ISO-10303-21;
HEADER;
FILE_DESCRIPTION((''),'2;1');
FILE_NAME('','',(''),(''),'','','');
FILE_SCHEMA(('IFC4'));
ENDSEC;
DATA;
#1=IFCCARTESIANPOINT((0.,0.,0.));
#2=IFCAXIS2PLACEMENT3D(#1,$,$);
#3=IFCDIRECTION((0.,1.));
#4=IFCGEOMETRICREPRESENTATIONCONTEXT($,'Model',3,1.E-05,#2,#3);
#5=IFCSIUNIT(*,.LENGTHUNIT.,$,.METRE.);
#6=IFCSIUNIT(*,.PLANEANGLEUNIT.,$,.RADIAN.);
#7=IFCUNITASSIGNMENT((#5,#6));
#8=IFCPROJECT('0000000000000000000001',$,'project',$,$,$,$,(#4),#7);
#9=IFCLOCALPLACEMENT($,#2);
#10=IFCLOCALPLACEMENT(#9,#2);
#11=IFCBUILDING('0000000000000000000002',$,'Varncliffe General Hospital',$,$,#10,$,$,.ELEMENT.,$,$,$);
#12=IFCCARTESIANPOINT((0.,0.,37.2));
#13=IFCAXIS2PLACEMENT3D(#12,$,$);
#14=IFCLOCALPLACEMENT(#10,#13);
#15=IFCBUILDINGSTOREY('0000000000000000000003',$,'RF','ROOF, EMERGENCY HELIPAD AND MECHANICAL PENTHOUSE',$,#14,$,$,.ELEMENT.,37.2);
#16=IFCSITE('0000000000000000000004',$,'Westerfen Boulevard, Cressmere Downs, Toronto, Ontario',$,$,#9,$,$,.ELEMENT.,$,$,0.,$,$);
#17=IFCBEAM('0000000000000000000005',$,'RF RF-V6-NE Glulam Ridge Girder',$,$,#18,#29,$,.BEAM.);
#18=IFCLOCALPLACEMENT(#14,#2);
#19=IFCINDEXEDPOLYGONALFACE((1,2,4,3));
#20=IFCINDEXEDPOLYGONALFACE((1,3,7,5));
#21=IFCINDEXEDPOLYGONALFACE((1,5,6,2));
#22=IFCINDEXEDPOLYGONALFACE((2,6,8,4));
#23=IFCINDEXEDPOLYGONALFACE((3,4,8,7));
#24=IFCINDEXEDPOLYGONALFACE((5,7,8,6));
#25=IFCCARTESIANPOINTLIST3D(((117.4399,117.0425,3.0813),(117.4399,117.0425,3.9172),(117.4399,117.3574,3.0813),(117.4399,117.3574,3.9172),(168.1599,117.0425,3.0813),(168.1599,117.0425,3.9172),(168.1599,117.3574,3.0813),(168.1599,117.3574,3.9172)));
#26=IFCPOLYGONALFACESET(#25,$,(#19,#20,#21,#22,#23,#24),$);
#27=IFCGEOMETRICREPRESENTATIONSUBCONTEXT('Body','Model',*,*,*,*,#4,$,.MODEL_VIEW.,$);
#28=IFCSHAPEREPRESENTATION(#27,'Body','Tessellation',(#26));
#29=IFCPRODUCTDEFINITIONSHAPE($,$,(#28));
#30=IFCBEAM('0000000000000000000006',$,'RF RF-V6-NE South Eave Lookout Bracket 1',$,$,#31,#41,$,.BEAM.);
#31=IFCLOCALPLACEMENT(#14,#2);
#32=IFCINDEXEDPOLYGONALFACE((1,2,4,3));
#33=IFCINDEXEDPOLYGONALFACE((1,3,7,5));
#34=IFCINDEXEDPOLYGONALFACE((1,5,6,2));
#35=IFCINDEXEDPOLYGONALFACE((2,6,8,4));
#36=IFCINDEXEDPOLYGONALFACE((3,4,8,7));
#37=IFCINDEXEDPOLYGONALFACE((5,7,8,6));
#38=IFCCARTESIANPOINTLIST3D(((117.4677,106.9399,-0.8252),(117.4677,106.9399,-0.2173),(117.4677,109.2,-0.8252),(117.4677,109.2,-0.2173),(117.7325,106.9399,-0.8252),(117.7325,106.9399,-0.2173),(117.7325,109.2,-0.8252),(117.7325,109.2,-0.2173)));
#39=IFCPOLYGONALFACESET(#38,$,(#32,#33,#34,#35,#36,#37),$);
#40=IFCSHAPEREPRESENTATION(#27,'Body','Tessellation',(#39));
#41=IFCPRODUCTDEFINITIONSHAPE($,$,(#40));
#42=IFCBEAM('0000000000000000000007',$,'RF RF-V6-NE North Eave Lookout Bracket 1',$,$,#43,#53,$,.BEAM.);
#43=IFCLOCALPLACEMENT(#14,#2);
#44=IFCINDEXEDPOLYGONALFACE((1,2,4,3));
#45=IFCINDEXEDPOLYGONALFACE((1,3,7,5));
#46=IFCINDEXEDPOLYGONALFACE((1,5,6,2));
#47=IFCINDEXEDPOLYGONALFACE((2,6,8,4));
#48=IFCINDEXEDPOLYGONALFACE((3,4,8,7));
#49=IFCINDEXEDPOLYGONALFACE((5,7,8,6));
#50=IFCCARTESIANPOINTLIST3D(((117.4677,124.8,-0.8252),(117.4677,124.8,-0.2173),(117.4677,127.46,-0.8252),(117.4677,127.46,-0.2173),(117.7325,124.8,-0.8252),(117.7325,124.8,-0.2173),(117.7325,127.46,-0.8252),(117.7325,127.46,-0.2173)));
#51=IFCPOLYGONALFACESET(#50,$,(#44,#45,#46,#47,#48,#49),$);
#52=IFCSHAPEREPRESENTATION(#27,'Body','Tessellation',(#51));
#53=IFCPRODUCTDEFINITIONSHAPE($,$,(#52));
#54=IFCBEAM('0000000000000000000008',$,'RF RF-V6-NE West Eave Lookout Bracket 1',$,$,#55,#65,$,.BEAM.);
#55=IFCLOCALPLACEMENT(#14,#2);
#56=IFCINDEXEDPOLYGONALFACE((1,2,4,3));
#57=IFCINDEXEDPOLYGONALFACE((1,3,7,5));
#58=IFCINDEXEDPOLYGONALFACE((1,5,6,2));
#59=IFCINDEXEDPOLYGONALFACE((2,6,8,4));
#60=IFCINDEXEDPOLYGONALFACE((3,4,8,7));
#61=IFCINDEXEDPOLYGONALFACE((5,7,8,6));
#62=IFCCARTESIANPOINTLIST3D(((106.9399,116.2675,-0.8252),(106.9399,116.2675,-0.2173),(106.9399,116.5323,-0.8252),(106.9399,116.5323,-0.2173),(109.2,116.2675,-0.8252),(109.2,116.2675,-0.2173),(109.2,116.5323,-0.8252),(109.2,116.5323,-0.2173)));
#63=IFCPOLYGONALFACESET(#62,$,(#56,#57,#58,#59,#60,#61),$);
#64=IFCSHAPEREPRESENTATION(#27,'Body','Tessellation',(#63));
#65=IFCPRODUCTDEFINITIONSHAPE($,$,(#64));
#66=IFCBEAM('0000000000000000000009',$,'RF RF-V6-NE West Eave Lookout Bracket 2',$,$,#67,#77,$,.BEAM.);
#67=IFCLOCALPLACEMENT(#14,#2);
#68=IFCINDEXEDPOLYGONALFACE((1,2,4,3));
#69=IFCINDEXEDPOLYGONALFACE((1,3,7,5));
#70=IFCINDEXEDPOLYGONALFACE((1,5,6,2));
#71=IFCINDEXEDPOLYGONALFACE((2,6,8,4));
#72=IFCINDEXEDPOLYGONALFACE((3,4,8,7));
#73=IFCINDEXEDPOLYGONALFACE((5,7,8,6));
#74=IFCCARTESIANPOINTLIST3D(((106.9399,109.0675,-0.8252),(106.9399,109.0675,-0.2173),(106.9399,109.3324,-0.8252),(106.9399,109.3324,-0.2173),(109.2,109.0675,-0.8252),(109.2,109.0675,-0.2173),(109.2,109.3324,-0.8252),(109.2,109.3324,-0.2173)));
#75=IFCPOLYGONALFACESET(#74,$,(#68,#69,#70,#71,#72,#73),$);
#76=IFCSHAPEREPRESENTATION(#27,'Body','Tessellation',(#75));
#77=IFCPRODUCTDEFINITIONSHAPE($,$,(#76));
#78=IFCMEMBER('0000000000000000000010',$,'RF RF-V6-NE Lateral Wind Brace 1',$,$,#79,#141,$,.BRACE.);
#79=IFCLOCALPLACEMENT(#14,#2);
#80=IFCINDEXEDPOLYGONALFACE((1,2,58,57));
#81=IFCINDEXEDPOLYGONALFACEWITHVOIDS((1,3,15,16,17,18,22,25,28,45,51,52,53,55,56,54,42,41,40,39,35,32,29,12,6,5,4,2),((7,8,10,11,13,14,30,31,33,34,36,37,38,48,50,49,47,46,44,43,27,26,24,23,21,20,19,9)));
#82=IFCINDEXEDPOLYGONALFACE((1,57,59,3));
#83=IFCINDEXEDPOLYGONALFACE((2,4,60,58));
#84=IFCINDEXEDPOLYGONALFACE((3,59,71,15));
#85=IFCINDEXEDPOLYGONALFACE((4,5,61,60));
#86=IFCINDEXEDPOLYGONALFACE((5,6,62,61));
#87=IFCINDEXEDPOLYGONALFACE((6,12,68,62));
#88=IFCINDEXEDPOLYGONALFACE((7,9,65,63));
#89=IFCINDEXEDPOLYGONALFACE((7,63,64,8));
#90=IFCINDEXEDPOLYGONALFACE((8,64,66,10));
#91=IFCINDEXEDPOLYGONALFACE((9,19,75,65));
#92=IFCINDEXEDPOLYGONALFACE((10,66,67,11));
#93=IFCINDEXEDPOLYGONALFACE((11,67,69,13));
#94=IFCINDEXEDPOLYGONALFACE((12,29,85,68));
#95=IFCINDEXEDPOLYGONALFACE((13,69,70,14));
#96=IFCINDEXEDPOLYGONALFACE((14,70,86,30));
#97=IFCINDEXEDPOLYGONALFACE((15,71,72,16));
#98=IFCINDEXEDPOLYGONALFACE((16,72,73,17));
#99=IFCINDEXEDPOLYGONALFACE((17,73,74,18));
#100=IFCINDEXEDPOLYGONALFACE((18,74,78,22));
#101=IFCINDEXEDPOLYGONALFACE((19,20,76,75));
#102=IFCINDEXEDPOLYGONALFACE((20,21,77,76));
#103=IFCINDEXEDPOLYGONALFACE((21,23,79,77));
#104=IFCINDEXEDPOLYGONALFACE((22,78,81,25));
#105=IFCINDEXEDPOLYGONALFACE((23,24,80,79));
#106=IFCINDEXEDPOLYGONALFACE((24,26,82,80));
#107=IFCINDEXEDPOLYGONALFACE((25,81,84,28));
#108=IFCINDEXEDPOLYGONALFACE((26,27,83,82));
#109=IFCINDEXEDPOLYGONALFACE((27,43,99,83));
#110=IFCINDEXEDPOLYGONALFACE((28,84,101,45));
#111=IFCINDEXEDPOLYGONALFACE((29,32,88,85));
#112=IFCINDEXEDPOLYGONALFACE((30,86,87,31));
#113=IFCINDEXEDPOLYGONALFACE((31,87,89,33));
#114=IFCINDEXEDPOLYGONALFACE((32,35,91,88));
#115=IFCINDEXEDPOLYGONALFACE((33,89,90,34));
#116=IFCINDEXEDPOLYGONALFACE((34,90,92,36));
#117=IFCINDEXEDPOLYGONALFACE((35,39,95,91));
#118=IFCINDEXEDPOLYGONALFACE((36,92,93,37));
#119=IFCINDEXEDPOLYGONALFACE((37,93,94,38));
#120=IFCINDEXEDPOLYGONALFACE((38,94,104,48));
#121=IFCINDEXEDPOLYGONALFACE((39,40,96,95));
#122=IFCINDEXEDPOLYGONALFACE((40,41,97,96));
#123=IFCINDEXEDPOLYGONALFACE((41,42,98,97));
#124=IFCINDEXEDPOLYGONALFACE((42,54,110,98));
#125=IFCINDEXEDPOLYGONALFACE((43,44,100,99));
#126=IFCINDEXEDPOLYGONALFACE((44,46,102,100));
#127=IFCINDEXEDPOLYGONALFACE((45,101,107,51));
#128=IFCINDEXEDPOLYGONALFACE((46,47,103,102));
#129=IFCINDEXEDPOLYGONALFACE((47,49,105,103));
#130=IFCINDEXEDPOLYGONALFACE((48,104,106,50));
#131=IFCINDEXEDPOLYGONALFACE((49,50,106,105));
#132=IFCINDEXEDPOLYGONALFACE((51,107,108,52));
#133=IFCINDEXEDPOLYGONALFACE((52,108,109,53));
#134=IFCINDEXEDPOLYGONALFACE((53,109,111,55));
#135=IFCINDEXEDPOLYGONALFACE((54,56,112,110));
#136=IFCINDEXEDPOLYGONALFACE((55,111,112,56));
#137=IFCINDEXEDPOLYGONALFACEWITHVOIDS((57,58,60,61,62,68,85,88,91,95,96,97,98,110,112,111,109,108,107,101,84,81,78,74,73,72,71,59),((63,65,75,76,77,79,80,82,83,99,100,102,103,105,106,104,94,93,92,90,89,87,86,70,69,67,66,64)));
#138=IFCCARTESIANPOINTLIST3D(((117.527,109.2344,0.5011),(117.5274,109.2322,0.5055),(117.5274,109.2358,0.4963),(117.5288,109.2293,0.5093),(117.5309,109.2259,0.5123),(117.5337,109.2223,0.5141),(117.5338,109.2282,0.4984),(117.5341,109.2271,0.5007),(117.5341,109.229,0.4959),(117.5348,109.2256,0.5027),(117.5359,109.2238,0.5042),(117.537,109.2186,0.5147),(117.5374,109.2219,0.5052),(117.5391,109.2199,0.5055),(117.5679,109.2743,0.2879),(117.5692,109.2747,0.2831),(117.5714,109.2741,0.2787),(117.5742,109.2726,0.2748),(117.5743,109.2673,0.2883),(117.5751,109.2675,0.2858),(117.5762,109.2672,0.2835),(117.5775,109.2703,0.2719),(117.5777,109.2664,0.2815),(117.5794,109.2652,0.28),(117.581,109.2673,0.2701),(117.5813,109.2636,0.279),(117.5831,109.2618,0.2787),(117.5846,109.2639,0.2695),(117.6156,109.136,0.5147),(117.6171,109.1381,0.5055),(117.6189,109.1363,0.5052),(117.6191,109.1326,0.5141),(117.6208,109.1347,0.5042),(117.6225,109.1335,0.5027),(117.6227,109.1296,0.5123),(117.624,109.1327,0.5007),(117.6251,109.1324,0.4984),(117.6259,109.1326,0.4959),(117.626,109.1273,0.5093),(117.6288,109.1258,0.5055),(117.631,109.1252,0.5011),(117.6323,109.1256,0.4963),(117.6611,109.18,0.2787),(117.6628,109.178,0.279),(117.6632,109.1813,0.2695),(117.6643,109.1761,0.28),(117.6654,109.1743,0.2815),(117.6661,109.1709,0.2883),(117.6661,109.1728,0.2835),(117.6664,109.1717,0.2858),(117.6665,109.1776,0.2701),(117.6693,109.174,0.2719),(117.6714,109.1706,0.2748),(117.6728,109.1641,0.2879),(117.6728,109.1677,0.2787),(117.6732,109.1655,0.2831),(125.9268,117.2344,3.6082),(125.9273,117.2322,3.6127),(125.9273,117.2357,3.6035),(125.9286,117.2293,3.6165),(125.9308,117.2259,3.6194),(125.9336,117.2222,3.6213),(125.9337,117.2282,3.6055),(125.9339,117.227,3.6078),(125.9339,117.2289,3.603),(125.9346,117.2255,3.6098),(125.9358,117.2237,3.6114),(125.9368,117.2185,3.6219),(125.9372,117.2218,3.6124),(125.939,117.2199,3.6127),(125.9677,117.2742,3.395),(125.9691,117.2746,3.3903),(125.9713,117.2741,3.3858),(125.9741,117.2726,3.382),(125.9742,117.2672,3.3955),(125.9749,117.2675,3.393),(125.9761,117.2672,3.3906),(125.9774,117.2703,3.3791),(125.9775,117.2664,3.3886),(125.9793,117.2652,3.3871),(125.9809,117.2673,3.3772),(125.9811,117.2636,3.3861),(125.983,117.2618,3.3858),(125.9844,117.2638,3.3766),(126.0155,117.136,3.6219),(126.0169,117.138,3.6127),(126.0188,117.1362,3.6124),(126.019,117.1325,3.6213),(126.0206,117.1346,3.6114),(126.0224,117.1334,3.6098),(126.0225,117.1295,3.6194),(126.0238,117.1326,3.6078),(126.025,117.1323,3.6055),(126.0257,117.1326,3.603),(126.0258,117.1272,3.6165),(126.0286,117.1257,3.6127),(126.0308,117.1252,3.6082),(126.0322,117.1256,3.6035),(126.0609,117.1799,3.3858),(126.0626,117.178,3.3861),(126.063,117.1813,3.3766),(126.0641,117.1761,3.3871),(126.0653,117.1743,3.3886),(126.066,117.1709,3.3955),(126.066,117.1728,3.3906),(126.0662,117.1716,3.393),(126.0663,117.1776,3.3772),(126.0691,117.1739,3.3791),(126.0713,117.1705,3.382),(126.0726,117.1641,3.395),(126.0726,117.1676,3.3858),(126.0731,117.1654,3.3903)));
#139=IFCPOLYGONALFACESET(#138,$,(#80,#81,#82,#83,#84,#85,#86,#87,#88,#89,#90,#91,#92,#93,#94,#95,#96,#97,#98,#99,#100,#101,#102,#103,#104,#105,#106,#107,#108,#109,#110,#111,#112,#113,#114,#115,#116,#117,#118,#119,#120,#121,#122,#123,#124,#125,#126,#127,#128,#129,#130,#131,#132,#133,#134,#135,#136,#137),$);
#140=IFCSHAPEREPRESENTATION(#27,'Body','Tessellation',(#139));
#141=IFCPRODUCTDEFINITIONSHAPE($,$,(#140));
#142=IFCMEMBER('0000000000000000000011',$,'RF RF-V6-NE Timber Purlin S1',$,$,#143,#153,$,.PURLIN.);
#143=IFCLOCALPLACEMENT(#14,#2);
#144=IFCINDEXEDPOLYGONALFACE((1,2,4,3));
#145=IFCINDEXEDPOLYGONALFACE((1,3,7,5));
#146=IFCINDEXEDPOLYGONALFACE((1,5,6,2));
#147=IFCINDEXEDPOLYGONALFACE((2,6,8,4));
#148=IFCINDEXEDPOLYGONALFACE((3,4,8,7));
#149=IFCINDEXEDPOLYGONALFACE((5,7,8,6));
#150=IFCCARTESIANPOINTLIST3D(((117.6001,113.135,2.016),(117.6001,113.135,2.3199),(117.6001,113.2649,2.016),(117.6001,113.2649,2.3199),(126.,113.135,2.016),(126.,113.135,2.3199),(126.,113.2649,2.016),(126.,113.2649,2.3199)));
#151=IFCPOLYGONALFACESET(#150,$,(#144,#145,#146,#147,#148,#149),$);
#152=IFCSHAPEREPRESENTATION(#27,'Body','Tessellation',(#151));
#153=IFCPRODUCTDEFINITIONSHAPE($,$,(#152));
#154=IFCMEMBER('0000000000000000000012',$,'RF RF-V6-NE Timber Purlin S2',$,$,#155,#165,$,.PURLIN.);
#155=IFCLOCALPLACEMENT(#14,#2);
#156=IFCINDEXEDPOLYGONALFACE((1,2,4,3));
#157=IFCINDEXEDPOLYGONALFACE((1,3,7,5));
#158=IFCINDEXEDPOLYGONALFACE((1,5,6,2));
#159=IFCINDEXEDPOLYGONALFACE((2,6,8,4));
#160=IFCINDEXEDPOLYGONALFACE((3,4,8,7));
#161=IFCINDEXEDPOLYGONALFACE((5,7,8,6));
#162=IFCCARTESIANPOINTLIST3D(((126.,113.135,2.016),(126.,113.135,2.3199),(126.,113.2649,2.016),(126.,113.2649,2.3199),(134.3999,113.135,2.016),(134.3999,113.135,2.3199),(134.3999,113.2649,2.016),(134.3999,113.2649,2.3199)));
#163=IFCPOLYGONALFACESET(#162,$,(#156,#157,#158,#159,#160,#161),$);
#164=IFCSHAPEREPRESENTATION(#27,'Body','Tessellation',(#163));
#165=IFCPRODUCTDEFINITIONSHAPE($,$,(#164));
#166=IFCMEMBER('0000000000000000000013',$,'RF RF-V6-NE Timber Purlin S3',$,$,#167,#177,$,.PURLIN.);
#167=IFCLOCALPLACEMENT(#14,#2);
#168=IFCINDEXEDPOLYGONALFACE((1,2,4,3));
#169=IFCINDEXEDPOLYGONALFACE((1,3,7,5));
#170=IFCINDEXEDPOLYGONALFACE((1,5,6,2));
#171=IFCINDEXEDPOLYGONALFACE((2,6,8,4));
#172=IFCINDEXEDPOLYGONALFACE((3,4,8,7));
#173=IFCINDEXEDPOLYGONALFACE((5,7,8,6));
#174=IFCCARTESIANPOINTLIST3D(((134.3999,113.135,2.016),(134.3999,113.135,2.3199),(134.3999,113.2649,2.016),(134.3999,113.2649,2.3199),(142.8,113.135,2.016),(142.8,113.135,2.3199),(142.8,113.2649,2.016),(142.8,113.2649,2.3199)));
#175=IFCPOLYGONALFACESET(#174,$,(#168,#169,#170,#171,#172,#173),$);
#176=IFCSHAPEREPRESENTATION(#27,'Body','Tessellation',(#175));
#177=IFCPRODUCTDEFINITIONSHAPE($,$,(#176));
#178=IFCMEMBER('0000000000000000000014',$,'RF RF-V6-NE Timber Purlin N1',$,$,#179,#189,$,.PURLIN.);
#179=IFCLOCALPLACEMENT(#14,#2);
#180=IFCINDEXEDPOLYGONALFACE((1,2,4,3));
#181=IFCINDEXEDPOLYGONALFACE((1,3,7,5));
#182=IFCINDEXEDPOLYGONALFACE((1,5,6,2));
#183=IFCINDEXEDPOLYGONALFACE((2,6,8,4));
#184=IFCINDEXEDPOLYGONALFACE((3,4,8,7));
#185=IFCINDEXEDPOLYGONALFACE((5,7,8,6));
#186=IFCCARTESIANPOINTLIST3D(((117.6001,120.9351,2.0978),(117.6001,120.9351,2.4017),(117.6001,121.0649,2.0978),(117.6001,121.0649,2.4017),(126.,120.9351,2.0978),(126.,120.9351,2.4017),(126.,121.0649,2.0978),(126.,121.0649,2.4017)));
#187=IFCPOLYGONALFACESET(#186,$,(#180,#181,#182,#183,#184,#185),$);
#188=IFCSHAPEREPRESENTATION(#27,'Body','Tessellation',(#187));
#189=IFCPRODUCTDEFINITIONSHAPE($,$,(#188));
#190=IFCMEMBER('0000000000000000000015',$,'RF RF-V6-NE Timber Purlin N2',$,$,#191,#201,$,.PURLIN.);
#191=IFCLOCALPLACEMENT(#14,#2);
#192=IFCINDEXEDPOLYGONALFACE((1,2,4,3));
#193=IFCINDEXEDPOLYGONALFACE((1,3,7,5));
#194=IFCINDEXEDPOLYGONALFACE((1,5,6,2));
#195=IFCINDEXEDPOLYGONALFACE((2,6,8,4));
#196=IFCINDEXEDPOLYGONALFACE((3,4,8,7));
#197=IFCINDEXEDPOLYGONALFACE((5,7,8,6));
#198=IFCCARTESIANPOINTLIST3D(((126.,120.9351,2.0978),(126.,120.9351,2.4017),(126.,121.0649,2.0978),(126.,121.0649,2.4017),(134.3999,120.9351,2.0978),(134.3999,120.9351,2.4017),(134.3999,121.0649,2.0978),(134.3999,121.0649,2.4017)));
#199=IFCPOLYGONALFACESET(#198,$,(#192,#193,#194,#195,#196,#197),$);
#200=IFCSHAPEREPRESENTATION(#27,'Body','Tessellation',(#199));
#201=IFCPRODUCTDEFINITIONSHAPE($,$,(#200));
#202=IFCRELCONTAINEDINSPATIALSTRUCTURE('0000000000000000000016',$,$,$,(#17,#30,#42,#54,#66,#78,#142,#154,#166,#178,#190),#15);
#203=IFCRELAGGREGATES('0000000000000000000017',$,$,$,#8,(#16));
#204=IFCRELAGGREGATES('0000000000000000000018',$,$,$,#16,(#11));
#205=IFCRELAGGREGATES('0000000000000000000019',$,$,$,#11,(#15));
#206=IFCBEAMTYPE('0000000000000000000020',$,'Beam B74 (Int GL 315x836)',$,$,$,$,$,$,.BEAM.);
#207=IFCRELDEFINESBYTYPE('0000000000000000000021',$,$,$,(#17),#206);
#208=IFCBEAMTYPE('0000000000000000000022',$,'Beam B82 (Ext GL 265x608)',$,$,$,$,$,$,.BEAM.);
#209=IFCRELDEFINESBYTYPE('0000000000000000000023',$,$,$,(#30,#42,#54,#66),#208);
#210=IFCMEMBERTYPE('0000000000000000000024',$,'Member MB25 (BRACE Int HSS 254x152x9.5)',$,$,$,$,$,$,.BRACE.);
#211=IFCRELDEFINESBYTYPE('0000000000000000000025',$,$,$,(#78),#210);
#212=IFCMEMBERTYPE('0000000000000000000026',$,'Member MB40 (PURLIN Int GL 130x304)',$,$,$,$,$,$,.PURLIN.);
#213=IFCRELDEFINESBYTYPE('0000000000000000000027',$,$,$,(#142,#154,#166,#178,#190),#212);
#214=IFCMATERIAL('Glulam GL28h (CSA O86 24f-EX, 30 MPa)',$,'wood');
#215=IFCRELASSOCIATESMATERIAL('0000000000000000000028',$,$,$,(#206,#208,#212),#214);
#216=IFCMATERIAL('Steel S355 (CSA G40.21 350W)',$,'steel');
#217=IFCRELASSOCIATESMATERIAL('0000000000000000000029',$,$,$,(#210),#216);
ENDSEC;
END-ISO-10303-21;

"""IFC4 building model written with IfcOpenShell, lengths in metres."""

from ifc_helpers import new_model, si_unit, direction, frame, origin, origin_2d, place, context, subcontext, project, spatial, rectangle, hollow_rectangle, extrude, material, material_profile, profile_set, type_object, element, save


model = new_model("IFC4")

# Units and contexts
model_context = context("Model", 3, precision=1e-05, world=origin(), true_north=direction((0.0, 1.0)))
body_context = subcontext(model_context, "Body", "Model", "MODEL_VIEW")
ifc_project = project(units=[si_unit("LENGTHUNIT", "METRE"), si_unit("PLANEANGLEUNIT", "RADIAN")], contexts=[model_context])

# Site, building, storey
site_placement = place(None, origin())
site = spatial("IfcSite", under=ifc_project, at=site_placement, Name="Westerfen Boulevard, Cressmere Downs, Toronto, Ontario", CompositionType="ELEMENT", RefElevation=0.0)
building_placement = place(site_placement, origin())
building = spatial("IfcBuilding", under=site, at=building_placement, Name="Varncliffe General Hospital", CompositionType="ELEMENT")
storey_placement = place(building_placement, frame((0.0, 0.0, 37.2)))
storey = spatial("IfcBuildingStorey", under=building, at=storey_placement, Name="RF", Description="ROOF, EMERGENCY HELIPAD AND MECHANICAL PENTHOUSE", CompositionType="ELEMENT", Elevation=37.2)

# Beams
ifc_material_1 = material(Name="Glulam GL28h (CSA O86 24f-EX, 30 MPa)", Category="wood")
ifc_material_profile_1 = material_profile(ifc_material_1, rectangle(XDim=0.3149, YDim=0.8359, at=origin_2d()), Name="GL 315x836")
ifc_profile_set_1 = profile_set([ifc_material_profile_1], Name="Glulam GL28h (CSA O86 24f-EX, 30 MPa)")
beam_type_1 = type_object("IfcBeamType", Name="Beam B74 (Int GL 315x836)", PredefinedType="BEAM", material=ifc_profile_set_1)
beam_1_placement = place(storey_placement, frame((117.4399, 117.2, 3.4993), z_axis=(1.0, 0.0, 0.0), x_axis=(0.0, 1.0, 0.0)))
element("IfcBeam", 1, at=beam_1_placement, inside=storey, type_object=beam_type_1, Name="RF RF-V6-NE Glulam Ridge Girder", PredefinedType="BEAM", context=body_context, shape_type="SweptSolid", body=[
    extrude(rectangle(XDim=0.3149, YDim=0.8359, at=origin_2d()), origin(), (0.0, 0.0, 1.0), 50.72),
])
ifc_material_profile_2 = material_profile(ifc_material_1, rectangle(XDim=0.2649, YDim=0.6079, at=origin_2d()), Name="GL 265x608")
ifc_profile_set_2 = profile_set([ifc_material_profile_2], Name="Glulam GL28h (CSA O86 24f-EX, 30 MPa)")
beam_type_2 = type_object("IfcBeamType", Name="Beam B82 (Ext GL 265x608)", PredefinedType="BEAM", material=ifc_profile_set_2)
beam_2_placement = place(storey_placement, frame((117.6001, 106.9399, -0.5212), z_axis=(0.0, 1.0, 0.0), x_axis=(-1.0, 0.0, 0.0)))
element("IfcBeam", 2, at=beam_2_placement, inside=storey, type_object=beam_type_2, Name="RF RF-V6-NE South Eave Lookout Bracket 1", PredefinedType="BEAM", context=body_context, shape_type="SweptSolid", body=[
    extrude(rectangle(XDim=0.2649, YDim=0.6079, at=origin_2d()), origin(), (0.0, 0.0, 1.0), 2.26),
])
beam_3_placement = place(storey_placement, frame((117.6001, 124.8, -0.5212), z_axis=(0.0, 1.0, 0.0), x_axis=(-1.0, 0.0, 0.0)))
element("IfcBeam", 3, at=beam_3_placement, inside=storey, type_object=beam_type_2, Name="RF RF-V6-NE North Eave Lookout Bracket 1", PredefinedType="BEAM", context=body_context, shape_type="SweptSolid", body=[
    extrude(rectangle(XDim=0.2649, YDim=0.6079, at=origin_2d()), origin(), (0.0, 0.0, 1.0), 2.6599),
])
for number, where, z_axis, x_axis, name in (
    (4, (106.9399, 116.3999, -0.5212), (1.0, 0.0, 0.0), (0.0, 1.0, 0.0), "RF RF-V6-NE West Eave Lookout Bracket 1"),
    (5, (106.9399, 109.2, -0.5212), (1.0, 0.0, 0.0), (0.0, 1.0, 0.0), "RF RF-V6-NE West Eave Lookout Bracket 2"),
):
    element("IfcBeam", number, at=place(storey_placement, frame(where, z_axis=z_axis, x_axis=x_axis)), inside=storey, type_object=beam_type_2, Name=name, PredefinedType="BEAM", context=body_context, shape_type="SweptSolid", body=[
        extrude(rectangle(XDim=0.2649, YDim=0.6079, at=origin_2d()), origin(), (0.0, 0.0, 1.0), 2.26),
    ])

# Members
ifc_material_2 = material(Name="Steel S355 (CSA G40.21 350W)", Category="steel")
ifc_material_profile_3 = material_profile(ifc_material_2, hollow_rectangle(XDim=0.1521, YDim=0.2539, WallThickness=0.0095, InnerFilletRadius=0.01, OuterFilletRadius=0.019, at=origin_2d()), Name="HSS 254x152x9.5")
ifc_profile_set_3 = profile_set([ifc_material_profile_3], Name="Steel S355 (CSA G40.21 350W)")
member_type_1 = type_object("IfcMemberType", Name="Member MB25 (BRACE Int HSS 254x152x9.5)", PredefinedType="BRACE", material=ifc_profile_set_3)
member_1_placement = place(storey_placement, frame((117.6001, 109.2, 0.3921), z_axis=(0.699475, 0.666174, 0.25874), x_axis=(-0.689659, 0.724134, 0.0)))
element("IfcMember", 6, at=member_1_placement, inside=storey, type_object=member_type_1, Name="RF RF-V6-NE Lateral Wind Brace 1", PredefinedType="BRACE", context=body_context, shape_type="SweptSolid", body=[
    extrude(hollow_rectangle(XDim=0.1521, YDim=0.2539, WallThickness=0.0095, InnerFilletRadius=0.01, OuterFilletRadius=0.019, at=origin_2d()), origin(), (0.0, 0.0, 1.0), 12.0088),
])
ifc_material_profile_4 = material_profile(ifc_material_1, rectangle(XDim=0.1299, YDim=0.304, at=origin_2d()), Name="GL 130x304")
ifc_profile_set_4 = profile_set([ifc_material_profile_4], Name="Glulam GL28h (CSA O86 24f-EX, 30 MPa)")
member_type_2 = type_object("IfcMemberType", Name="Member MB40 (PURLIN Int GL 130x304)", PredefinedType="PURLIN", material=ifc_profile_set_4)
for number, where, z_axis, x_axis, name in (
    (7, (117.6001, 113.2, 2.168), (1.0, 0.0, 0.0), (0.0, 1.0, 0.0), "RF RF-V6-NE Timber Purlin S1"),
    (8, (126.0, 113.2, 2.168), (1.0, 0.0, 0.0), (0.0, 1.0, 0.0), "RF RF-V6-NE Timber Purlin S2"),
):
    element("IfcMember", number, at=place(storey_placement, frame(where, z_axis=z_axis, x_axis=x_axis)), inside=storey, type_object=member_type_2, Name=name, PredefinedType="PURLIN", context=body_context, shape_type="SweptSolid", body=[
        extrude(rectangle(XDim=0.1299, YDim=0.304, at=origin_2d()), origin(), (0.0, 0.0, 1.0), 8.3999),
    ])
member_2_placement = place(storey_placement, frame((134.3999, 113.2, 2.168), z_axis=(1.0, 0.0, 0.0), x_axis=(0.0, 1.0, 0.0)))
element("IfcMember", 9, at=member_2_placement, inside=storey, type_object=member_type_2, Name="RF RF-V6-NE Timber Purlin S3", PredefinedType="PURLIN", context=body_context, shape_type="SweptSolid", body=[
    extrude(rectangle(XDim=0.1299, YDim=0.304, at=origin_2d()), origin(), (0.0, 0.0, 1.0), 8.4001),
])
for number, where, z_axis, x_axis, name in (
    (10, (117.6001, 121.0, 2.2498), (1.0, 0.0, 0.0), (0.0, 1.0, 0.0), "RF RF-V6-NE Timber Purlin N1"),
    (11, (126.0, 121.0, 2.2498), (1.0, 0.0, 0.0), (0.0, 1.0, 0.0), "RF RF-V6-NE Timber Purlin N2"),
):
    element("IfcMember", number, at=place(storey_placement, frame(where, z_axis=z_axis, x_axis=x_axis)), inside=storey, type_object=member_type_2, Name=name, PredefinedType="PURLIN", context=body_context, shape_type="SweptSolid", body=[
        extrude(rectangle(XDim=0.1299, YDim=0.304, at=origin_2d()), origin(), (0.0, 0.0, 1.0), 8.3999),
    ])

save(model, "model.ifc")
